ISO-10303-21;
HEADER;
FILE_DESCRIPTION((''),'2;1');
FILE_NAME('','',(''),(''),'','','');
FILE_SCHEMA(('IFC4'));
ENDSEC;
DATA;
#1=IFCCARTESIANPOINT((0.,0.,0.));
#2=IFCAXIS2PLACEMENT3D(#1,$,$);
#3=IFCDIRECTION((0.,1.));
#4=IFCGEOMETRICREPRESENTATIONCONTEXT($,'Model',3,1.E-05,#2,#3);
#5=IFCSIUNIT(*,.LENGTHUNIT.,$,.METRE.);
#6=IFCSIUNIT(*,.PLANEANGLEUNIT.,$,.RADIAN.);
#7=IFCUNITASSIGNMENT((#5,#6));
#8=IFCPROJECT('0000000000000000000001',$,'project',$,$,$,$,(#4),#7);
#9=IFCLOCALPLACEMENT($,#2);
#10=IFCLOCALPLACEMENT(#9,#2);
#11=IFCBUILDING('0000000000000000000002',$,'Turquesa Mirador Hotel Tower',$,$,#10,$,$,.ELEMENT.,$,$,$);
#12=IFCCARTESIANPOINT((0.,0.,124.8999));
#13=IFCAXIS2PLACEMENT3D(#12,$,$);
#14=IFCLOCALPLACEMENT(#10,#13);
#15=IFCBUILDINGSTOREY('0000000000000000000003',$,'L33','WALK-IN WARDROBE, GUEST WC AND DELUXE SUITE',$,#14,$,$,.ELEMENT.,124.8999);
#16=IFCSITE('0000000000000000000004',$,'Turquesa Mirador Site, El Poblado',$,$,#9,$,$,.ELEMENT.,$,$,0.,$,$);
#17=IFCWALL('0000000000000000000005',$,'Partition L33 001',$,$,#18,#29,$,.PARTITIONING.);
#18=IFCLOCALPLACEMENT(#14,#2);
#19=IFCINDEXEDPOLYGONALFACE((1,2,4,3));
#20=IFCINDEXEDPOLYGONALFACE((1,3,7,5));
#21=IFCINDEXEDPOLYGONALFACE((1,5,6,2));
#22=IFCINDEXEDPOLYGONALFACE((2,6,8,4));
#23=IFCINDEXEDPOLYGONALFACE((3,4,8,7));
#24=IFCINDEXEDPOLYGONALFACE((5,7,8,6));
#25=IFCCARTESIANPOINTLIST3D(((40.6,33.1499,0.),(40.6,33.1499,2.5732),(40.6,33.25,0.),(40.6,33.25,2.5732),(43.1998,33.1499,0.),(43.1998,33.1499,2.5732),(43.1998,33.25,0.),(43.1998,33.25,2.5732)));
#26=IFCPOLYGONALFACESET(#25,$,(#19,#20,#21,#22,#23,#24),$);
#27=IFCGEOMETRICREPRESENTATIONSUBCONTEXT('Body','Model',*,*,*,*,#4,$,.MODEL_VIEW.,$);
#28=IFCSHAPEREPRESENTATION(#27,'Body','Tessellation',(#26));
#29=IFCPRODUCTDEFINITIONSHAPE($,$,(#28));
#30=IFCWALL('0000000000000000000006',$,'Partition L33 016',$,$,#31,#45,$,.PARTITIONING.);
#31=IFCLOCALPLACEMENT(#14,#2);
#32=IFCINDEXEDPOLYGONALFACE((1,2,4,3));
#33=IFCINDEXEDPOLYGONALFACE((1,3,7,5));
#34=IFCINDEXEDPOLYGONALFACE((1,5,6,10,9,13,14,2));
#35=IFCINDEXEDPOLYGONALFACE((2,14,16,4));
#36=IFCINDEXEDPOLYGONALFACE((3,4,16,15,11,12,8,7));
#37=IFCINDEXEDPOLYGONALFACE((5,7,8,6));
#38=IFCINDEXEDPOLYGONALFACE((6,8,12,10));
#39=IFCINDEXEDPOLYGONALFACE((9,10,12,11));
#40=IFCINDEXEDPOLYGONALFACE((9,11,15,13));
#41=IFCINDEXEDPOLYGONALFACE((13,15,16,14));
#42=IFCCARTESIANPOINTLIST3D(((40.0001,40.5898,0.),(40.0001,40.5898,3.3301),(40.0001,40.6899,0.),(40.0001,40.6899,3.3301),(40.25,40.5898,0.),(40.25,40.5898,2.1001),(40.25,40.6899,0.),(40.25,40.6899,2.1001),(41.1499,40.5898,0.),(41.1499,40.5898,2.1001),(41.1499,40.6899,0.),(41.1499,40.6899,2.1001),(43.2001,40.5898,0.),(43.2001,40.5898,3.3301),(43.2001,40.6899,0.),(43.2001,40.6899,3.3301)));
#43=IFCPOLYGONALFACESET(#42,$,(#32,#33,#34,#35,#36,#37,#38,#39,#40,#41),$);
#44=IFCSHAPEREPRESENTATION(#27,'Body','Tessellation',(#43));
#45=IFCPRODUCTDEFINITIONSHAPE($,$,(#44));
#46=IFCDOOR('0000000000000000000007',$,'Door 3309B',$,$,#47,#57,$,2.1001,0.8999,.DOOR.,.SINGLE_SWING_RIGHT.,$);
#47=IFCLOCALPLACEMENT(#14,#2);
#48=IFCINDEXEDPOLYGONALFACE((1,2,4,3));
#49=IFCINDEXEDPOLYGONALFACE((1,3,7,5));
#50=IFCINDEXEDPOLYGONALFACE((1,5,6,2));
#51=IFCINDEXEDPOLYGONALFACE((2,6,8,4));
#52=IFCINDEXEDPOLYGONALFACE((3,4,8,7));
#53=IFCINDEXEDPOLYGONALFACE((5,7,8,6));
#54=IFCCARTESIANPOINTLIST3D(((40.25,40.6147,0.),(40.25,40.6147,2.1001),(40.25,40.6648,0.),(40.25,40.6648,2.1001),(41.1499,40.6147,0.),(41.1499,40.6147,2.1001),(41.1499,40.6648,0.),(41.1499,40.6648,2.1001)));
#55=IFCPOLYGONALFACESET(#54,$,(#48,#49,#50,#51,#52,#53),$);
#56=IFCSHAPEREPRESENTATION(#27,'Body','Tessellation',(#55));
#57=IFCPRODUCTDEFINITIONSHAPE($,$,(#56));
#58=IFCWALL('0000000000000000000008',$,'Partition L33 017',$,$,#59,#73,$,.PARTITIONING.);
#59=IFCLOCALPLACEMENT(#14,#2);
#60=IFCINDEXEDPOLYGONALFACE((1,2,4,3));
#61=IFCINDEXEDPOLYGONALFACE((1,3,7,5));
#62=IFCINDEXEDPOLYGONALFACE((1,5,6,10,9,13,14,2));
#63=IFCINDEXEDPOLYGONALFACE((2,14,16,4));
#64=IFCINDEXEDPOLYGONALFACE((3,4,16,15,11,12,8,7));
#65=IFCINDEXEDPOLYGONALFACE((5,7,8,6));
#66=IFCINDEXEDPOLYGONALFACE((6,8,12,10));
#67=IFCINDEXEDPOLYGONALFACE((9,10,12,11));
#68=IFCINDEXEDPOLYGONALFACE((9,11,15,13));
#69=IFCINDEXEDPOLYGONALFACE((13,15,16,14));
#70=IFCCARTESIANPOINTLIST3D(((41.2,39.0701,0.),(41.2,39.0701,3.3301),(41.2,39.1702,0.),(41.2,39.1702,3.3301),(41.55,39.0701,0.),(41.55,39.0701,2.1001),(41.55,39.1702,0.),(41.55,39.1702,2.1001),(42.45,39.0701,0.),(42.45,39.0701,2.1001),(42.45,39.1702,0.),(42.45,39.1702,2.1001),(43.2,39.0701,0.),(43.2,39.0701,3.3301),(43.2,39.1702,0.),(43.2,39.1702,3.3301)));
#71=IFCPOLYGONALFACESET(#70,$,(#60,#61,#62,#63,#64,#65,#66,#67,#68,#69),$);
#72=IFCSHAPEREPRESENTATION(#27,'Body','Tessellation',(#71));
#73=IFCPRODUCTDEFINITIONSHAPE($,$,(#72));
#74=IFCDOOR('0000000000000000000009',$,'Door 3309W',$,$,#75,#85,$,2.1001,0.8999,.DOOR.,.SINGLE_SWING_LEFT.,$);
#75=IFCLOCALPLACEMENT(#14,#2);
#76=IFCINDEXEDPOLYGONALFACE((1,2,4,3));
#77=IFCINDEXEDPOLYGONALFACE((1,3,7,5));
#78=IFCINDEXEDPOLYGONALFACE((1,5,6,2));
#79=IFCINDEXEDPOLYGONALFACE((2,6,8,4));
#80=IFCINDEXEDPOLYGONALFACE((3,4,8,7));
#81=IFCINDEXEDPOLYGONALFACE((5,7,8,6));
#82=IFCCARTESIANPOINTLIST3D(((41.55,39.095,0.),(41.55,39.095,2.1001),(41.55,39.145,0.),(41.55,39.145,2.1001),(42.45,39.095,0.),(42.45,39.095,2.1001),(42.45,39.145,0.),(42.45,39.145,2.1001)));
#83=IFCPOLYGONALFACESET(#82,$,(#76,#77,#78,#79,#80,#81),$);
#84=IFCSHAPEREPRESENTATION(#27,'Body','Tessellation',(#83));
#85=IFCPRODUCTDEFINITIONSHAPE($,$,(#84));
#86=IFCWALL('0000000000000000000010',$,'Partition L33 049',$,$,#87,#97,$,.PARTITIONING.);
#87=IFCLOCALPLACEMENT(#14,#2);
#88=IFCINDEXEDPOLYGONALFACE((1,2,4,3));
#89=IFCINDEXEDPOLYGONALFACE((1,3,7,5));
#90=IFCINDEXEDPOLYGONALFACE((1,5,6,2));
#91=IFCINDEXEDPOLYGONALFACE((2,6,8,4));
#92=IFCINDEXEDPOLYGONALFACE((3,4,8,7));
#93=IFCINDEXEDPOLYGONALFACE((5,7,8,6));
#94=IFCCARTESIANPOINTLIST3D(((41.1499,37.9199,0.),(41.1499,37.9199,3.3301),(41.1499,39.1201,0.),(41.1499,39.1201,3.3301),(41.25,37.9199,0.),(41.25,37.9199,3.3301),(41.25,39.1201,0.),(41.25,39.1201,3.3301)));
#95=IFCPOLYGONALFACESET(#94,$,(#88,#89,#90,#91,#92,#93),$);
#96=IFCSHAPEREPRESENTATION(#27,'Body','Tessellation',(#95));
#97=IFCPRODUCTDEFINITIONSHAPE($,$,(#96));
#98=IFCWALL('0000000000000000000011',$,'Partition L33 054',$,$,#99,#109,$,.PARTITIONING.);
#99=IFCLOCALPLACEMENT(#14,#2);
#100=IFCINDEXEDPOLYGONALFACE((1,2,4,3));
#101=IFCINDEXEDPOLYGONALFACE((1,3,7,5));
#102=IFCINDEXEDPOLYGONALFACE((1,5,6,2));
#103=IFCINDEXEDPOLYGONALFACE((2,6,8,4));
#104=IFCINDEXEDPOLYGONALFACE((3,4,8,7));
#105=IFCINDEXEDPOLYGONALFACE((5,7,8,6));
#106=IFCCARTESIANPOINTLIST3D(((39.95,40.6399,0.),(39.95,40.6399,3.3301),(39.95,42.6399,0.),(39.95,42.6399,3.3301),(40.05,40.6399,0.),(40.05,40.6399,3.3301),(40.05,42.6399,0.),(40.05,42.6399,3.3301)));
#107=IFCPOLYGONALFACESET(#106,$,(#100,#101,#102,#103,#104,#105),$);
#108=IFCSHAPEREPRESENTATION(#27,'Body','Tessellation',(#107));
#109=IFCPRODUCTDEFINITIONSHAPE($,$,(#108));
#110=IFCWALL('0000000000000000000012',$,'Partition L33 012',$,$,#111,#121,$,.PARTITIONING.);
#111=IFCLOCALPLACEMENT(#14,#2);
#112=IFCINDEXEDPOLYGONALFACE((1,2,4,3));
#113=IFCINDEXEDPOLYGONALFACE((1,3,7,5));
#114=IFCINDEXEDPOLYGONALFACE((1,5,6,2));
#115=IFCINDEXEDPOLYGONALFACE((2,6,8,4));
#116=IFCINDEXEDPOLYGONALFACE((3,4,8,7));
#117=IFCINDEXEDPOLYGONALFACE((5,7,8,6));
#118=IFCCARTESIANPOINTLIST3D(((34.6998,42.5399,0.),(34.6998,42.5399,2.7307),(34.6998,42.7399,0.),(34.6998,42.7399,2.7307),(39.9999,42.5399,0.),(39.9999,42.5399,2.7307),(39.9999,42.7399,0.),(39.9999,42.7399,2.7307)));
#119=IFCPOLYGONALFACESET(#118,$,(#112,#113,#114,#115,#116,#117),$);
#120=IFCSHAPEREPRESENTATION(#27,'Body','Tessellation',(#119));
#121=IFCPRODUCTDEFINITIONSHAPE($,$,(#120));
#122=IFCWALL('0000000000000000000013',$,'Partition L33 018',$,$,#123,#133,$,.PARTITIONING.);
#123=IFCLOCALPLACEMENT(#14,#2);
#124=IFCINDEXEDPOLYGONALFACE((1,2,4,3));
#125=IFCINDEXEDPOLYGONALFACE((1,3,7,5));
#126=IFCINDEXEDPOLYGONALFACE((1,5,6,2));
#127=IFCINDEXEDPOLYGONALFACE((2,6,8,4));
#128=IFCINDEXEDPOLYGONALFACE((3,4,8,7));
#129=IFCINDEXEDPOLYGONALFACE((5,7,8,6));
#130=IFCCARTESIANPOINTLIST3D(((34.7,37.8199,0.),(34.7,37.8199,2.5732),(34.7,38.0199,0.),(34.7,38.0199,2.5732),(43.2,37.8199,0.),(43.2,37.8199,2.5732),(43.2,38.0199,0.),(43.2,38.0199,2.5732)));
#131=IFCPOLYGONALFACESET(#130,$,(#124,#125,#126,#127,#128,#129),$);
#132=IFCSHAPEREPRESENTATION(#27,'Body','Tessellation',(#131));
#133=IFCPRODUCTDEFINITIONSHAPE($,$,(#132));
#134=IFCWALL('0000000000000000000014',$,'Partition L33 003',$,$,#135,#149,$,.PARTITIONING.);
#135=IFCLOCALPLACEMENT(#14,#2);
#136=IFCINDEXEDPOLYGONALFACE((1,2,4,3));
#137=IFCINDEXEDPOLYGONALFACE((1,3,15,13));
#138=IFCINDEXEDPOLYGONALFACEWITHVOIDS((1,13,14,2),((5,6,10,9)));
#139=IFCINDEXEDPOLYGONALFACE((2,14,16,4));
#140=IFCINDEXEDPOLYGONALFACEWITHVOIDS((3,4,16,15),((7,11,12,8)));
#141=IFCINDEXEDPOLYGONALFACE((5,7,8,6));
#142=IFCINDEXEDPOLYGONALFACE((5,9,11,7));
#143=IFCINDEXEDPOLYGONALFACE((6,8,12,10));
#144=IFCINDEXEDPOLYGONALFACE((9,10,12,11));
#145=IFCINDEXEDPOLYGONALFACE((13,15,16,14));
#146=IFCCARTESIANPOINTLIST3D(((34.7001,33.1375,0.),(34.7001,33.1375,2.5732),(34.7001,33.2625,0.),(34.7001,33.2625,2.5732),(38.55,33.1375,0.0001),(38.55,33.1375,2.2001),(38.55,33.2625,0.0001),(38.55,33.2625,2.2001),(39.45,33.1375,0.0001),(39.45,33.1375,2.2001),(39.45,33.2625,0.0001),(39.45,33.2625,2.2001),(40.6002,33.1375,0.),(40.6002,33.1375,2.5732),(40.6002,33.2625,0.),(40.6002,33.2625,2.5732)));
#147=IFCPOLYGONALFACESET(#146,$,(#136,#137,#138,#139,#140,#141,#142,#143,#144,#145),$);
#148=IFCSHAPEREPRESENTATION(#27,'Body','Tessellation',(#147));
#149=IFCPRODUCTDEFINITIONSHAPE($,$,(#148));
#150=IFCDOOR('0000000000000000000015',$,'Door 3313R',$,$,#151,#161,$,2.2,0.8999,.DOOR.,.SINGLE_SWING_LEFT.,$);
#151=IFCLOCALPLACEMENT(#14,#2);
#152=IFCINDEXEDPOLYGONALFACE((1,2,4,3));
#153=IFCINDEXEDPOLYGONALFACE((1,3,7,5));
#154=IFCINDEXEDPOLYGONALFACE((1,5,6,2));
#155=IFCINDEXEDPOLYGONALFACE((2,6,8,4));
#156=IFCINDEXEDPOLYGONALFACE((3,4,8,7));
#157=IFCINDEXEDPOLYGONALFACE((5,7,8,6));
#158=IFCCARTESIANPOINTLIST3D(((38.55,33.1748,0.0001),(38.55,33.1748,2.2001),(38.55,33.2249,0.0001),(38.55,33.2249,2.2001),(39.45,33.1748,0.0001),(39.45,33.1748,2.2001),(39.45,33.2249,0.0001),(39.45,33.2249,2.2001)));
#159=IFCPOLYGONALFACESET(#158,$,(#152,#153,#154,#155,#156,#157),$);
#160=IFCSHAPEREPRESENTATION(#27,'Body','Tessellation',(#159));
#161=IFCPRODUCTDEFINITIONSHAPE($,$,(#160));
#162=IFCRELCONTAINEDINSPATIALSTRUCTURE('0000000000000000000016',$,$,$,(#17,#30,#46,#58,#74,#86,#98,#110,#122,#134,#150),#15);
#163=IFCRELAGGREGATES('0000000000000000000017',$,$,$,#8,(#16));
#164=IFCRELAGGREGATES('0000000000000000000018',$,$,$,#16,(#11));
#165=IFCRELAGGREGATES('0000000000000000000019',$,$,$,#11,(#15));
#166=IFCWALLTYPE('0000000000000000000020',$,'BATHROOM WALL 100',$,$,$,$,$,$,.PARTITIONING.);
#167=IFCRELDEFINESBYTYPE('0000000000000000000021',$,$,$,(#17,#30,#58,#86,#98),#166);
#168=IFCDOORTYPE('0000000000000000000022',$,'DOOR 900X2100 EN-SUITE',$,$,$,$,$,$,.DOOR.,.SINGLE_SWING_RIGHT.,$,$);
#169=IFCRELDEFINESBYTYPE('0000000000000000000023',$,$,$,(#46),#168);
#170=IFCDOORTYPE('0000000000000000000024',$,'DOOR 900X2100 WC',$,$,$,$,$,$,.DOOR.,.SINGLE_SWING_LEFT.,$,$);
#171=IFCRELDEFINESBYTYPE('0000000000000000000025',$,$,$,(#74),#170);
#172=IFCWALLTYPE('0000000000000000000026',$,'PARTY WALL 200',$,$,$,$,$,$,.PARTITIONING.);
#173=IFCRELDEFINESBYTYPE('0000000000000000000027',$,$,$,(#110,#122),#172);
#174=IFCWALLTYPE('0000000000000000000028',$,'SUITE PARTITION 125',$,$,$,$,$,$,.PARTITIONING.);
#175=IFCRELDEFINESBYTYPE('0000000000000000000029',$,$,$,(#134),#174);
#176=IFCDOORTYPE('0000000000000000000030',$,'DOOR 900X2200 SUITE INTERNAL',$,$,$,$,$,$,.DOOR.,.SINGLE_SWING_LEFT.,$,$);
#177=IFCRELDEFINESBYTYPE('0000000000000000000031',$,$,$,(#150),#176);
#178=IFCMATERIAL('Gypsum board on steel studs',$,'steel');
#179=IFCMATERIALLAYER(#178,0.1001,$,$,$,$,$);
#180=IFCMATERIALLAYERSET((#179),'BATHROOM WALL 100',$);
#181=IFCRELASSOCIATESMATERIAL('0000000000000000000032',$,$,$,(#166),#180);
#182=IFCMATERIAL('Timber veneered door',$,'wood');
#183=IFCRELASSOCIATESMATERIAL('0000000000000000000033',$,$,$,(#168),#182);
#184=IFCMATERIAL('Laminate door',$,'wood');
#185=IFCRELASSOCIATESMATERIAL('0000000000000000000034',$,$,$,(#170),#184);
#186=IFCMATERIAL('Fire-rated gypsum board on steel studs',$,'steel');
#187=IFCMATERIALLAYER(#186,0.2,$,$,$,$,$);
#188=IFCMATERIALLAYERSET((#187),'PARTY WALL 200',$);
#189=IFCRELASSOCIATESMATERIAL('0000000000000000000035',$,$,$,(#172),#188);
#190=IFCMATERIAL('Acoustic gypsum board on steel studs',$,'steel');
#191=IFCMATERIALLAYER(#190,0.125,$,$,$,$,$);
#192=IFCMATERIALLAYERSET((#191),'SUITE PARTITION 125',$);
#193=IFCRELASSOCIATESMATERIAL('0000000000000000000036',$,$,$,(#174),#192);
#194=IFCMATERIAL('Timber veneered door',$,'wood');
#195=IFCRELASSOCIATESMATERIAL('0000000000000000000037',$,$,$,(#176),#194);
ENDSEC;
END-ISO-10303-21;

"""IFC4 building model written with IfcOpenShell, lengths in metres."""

from ifc_helpers import new_model, si_unit, direction, frame, frame_2d, origin, place, context, subcontext, project, spatial, rectangle, extrude, material, layer, layer_set, type_object, element, fill, save


model = new_model("IFC4")

# Units and contexts
model_context = context("Model", 3, precision=1e-05, world=origin(), true_north=direction((0.0, 1.0)))
body_context = subcontext(model_context, "Body", "Model", "MODEL_VIEW")
ifc_project = project(units=[si_unit("LENGTHUNIT", "METRE"), si_unit("PLANEANGLEUNIT", "RADIAN")], contexts=[model_context])

# Site, building, storey
site_placement = place(None, origin())
site = spatial("IfcSite", under=ifc_project, at=site_placement, Name="Turquesa Mirador Site, El Poblado", CompositionType="ELEMENT", RefElevation=0.0)
building_placement = place(site_placement, origin())
building = spatial("IfcBuilding", under=site, at=building_placement, Name="Turquesa Mirador Hotel Tower", CompositionType="ELEMENT")
storey_placement = place(building_placement, frame((0.0, 0.0, 124.8999)))
storey = spatial("IfcBuildingStorey", under=building, at=storey_placement, Name="L33", Description="WALK-IN WARDROBE, GUEST WC AND DELUXE SUITE", CompositionType="ELEMENT", Elevation=124.8999)

# Wall
ifc_material_1 = material(Name="Gypsum board on steel studs", Category="steel")
ifc_layer_1 = layer(ifc_material_1, 0.1001)
ifc_layer_set_1 = layer_set([ifc_layer_1], Name="BATHROOM WALL 100")
wall_type_1 = type_object("IfcWallType", Name="BATHROOM WALL 100", PredefinedType="PARTITIONING", material=ifc_layer_set_1)
wall_1_placement = place(storey_placement, frame((40.6001, 33.2, 0.0), z_axis=(0.0, 0.0, 1.0), x_axis=(1.0, 0.0, 0.0)))
element("IfcWall", 1, at=wall_1_placement, inside=storey, type_object=wall_type_1, Name="Partition L33 001", PredefinedType="PARTITIONING", context=body_context, shape_type="SweptSolid", body=[
    extrude(rectangle(XDim=2.5999, YDim=0.1001, at=frame_2d((1.2998, 0.0))), origin(), (0.0, 0.0, 1.0), 2.5732),
])

# Walls, openings, doors
wall_2_placement = place(storey_placement, frame((40.0, 40.6399, 0.0), z_axis=(0.0, 0.0, 1.0), x_axis=(1.0, 0.0, 0.0)))
wall_2 = element("IfcWall", 2, at=wall_2_placement, inside=storey, type_object=wall_type_1, Name="Partition L33 016", PredefinedType="PARTITIONING", context=body_context, shape_type="SweptSolid", body=[
    extrude(rectangle(XDim=3.2, YDim=0.1001, at=frame_2d((1.6001, 0.0))), origin(), (0.0, 0.0, 1.0), 3.3301),
])
opening_1_placement = place(wall_2_placement, frame((0.25, 0.0, 0.0)))
opening_1 = element("IfcOpeningElement", 3, at=opening_1_placement, cuts=wall_2, PredefinedType="OPENING", context=body_context, shape_type="SweptSolid", body=[
    extrude(rectangle(XDim=0.8999, YDim=2.1001, at=frame_2d((0.45, 1.05))), frame((0.0, 0.0601, 0.0), z_axis=(0.0, -1.0, 0.0), x_axis=(1.0, 0.0, 0.0)), (0.0, 0.0, 1.0), 0.1201),
])
ifc_material_2 = material(Name="Timber veneered door", Category="wood")
door_type_1 = type_object("IfcDoorType", Name="DOOR 900X2100 EN-SUITE", OperationType="SINGLE_SWING_RIGHT", PredefinedType="DOOR", material=ifc_material_2)
door_1_placement = place(opening_1_placement, origin())
door_1 = element("IfcDoor", 4, at=door_1_placement, inside=storey, type_object=door_type_1, Name="Door 3309B", OperationType="SINGLE_SWING_RIGHT", OverallHeight=2.1001, OverallWidth=0.8999, PredefinedType="DOOR", context=body_context, shape_type="SweptSolid", body=[
    extrude(rectangle(XDim=0.8999, YDim=2.1001, at=frame_2d((0.45, 1.05))), frame((0.0, 0.0249, 0.0), z_axis=(0.0, -1.0, 0.0), x_axis=(1.0, 0.0, 0.0)), (0.0, 0.0, 1.0), 0.05),
])
fill(opening_1, door_1)
wall_3_placement = place(storey_placement, frame((41.2, 39.1201, 0.0), z_axis=(0.0, 0.0, 1.0), x_axis=(1.0, 0.0, 0.0)))
wall_3 = element("IfcWall", 5, at=wall_3_placement, inside=storey, type_object=wall_type_1, Name="Partition L33 017", PredefinedType="PARTITIONING", context=body_context, shape_type="SweptSolid", body=[
    extrude(rectangle(XDim=2.0, YDim=0.1001, at=frame_2d((1.0, 0.0))), origin(), (0.0, 0.0, 1.0), 3.3301),
])
opening_2_placement = place(wall_3_placement, frame((0.3501, 0.0, 0.0)))
opening_2 = element("IfcOpeningElement", 6, at=opening_2_placement, cuts=wall_3, PredefinedType="OPENING", context=body_context, shape_type="SweptSolid", body=[
    extrude(rectangle(XDim=0.8999, YDim=2.1001, at=frame_2d((0.45, 1.05))), frame((0.0, 0.0601, 0.0), z_axis=(0.0, -1.0, 0.0), x_axis=(1.0, 0.0, 0.0)), (0.0, 0.0, 1.0), 0.1201),
])
ifc_material_3 = material(Name="Laminate door", Category="wood")
door_type_2 = type_object("IfcDoorType", Name="DOOR 900X2100 WC", OperationType="SINGLE_SWING_LEFT", PredefinedType="DOOR", material=ifc_material_3)
door_2_placement = place(opening_2_placement, origin())
door_2 = element("IfcDoor", 7, at=door_2_placement, inside=storey, type_object=door_type_2, Name="Door 3309W", OperationType="SINGLE_SWING_LEFT", OverallHeight=2.1001, OverallWidth=0.8999, PredefinedType="DOOR", context=body_context, shape_type="SweptSolid", body=[
    extrude(rectangle(XDim=0.8999, YDim=2.1001, at=frame_2d((0.45, 1.05))), frame((0.0, 0.0249, 0.0), z_axis=(0.0, -1.0, 0.0), x_axis=(1.0, 0.0, 0.0)), (0.0, 0.0, 1.0), 0.05),
])
fill(opening_2, door_2)

# Walls
wall_4_placement = place(storey_placement, frame((41.2, 37.9199, 0.0), z_axis=(0.0, 0.0, 1.0), x_axis=(0.0, 1.0, 0.0)))
element("IfcWall", 8, at=wall_4_placement, inside=storey, type_object=wall_type_1, Name="Partition L33 049", PredefinedType="PARTITIONING", context=body_context, shape_type="SweptSolid", body=[
    extrude(rectangle(XDim=1.2002, YDim=0.1001, at=frame_2d((0.6001, 0.0))), origin(), (0.0, 0.0, 1.0), 3.3301),
])
wall_5_placement = place(storey_placement, frame((40.0, 40.6399, 0.0), z_axis=(0.0, 0.0, 1.0), x_axis=(0.0, 1.0, 0.0)))
element("IfcWall", 9, at=wall_5_placement, inside=storey, type_object=wall_type_1, Name="Partition L33 054", PredefinedType="PARTITIONING", context=body_context, shape_type="SweptSolid", body=[
    extrude(rectangle(XDim=2.0, YDim=0.1001, at=frame_2d((1.0, 0.0))), origin(), (0.0, 0.0, 1.0), 3.3301),
])
ifc_material_4 = material(Name="Fire-rated gypsum board on steel studs", Category="steel")
ifc_layer_2 = layer(ifc_material_4, 0.2)
ifc_layer_set_2 = layer_set([ifc_layer_2], Name="PARTY WALL 200")
wall_type_2 = type_object("IfcWallType", Name="PARTY WALL 200", PredefinedType="PARTITIONING", material=ifc_layer_set_2)
wall_6_placement = place(storey_placement, frame((34.7, 42.6399, 0.0), z_axis=(0.0, 0.0, 1.0), x_axis=(1.0, 0.0, 0.0)))
element("IfcWall", 10, at=wall_6_placement, inside=storey, type_object=wall_type_2, Name="Partition L33 012", PredefinedType="PARTITIONING", context=body_context, shape_type="SweptSolid", body=[
    extrude(rectangle(XDim=5.3, YDim=0.2, at=frame_2d((2.6499, 0.0))), origin(), (0.0, 0.0, 1.0), 2.7307),
])
wall_7_placement = place(storey_placement, frame((34.7, 37.9199, 0.0), z_axis=(0.0, 0.0, 1.0), x_axis=(1.0, 0.0, 0.0)))
element("IfcWall", 11, at=wall_7_placement, inside=storey, type_object=wall_type_2, Name="Partition L33 018", PredefinedType="PARTITIONING", context=body_context, shape_type="SweptSolid", body=[
    extrude(rectangle(XDim=8.5, YDim=0.2, at=frame_2d((4.25, 0.0))), origin(), (0.0, 0.0, 1.0), 2.5732),
])

# Wall, opening, door
ifc_material_5 = material(Name="Acoustic gypsum board on steel studs", Category="steel")
ifc_layer_3 = layer(ifc_material_5, 0.125)
ifc_layer_set_3 = layer_set([ifc_layer_3], Name="SUITE PARTITION 125")
wall_type_3 = type_object("IfcWallType", Name="SUITE PARTITION 125", PredefinedType="PARTITIONING", material=ifc_layer_set_3)
wall_8_placement = place(storey_placement, frame((34.7, 33.2, 0.0), z_axis=(0.0, 0.0, 1.0), x_axis=(1.0, 0.0, 0.0)))
wall_8 = element("IfcWall", 12, at=wall_8_placement, inside=storey, type_object=wall_type_3, Name="Partition L33 003", PredefinedType="PARTITIONING", context=body_context, shape_type="SweptSolid", body=[
    extrude(rectangle(XDim=5.9001, YDim=0.125, at=frame_2d((2.9502, 0.0))), origin(), (0.0, 0.0, 1.0), 2.5732),
])
opening_3_placement = place(wall_8_placement, frame((3.8501, 0.0, 0.0)))
opening_3 = element("IfcOpeningElement", 13, at=opening_3_placement, cuts=wall_8, PredefinedType="OPENING", context=body_context, shape_type="SweptSolid", body=[
    extrude(rectangle(XDim=0.8999, YDim=2.2, at=frame_2d((0.45, 1.1001))), frame((0.0, 0.0725, 0.0), z_axis=(0.0, -1.0, 0.0), x_axis=(1.0, 0.0, 0.0)), (0.0, 0.0, 1.0), 0.145),
])
ifc_material_6 = material(Name="Timber veneered door", Category="wood")
door_type_3 = type_object("IfcDoorType", Name="DOOR 900X2200 SUITE INTERNAL", OperationType="SINGLE_SWING_LEFT", PredefinedType="DOOR", material=ifc_material_6)
door_3_placement = place(opening_3_placement, origin())
door_3 = element("IfcDoor", 14, at=door_3_placement, inside=storey, type_object=door_type_3, Name="Door 3313R", OperationType="SINGLE_SWING_LEFT", OverallHeight=2.2, OverallWidth=0.8999, PredefinedType="DOOR", context=body_context, shape_type="SweptSolid", body=[
    extrude(rectangle(XDim=0.8999, YDim=2.2, at=frame_2d((0.45, 1.1001))), frame((0.0, 0.0249, 0.0), z_axis=(0.0, -1.0, 0.0), x_axis=(1.0, 0.0, 0.0)), (0.0, 0.0, 1.0), 0.05),
])
fill(opening_3, door_3)

save(model, "model.ifc")
